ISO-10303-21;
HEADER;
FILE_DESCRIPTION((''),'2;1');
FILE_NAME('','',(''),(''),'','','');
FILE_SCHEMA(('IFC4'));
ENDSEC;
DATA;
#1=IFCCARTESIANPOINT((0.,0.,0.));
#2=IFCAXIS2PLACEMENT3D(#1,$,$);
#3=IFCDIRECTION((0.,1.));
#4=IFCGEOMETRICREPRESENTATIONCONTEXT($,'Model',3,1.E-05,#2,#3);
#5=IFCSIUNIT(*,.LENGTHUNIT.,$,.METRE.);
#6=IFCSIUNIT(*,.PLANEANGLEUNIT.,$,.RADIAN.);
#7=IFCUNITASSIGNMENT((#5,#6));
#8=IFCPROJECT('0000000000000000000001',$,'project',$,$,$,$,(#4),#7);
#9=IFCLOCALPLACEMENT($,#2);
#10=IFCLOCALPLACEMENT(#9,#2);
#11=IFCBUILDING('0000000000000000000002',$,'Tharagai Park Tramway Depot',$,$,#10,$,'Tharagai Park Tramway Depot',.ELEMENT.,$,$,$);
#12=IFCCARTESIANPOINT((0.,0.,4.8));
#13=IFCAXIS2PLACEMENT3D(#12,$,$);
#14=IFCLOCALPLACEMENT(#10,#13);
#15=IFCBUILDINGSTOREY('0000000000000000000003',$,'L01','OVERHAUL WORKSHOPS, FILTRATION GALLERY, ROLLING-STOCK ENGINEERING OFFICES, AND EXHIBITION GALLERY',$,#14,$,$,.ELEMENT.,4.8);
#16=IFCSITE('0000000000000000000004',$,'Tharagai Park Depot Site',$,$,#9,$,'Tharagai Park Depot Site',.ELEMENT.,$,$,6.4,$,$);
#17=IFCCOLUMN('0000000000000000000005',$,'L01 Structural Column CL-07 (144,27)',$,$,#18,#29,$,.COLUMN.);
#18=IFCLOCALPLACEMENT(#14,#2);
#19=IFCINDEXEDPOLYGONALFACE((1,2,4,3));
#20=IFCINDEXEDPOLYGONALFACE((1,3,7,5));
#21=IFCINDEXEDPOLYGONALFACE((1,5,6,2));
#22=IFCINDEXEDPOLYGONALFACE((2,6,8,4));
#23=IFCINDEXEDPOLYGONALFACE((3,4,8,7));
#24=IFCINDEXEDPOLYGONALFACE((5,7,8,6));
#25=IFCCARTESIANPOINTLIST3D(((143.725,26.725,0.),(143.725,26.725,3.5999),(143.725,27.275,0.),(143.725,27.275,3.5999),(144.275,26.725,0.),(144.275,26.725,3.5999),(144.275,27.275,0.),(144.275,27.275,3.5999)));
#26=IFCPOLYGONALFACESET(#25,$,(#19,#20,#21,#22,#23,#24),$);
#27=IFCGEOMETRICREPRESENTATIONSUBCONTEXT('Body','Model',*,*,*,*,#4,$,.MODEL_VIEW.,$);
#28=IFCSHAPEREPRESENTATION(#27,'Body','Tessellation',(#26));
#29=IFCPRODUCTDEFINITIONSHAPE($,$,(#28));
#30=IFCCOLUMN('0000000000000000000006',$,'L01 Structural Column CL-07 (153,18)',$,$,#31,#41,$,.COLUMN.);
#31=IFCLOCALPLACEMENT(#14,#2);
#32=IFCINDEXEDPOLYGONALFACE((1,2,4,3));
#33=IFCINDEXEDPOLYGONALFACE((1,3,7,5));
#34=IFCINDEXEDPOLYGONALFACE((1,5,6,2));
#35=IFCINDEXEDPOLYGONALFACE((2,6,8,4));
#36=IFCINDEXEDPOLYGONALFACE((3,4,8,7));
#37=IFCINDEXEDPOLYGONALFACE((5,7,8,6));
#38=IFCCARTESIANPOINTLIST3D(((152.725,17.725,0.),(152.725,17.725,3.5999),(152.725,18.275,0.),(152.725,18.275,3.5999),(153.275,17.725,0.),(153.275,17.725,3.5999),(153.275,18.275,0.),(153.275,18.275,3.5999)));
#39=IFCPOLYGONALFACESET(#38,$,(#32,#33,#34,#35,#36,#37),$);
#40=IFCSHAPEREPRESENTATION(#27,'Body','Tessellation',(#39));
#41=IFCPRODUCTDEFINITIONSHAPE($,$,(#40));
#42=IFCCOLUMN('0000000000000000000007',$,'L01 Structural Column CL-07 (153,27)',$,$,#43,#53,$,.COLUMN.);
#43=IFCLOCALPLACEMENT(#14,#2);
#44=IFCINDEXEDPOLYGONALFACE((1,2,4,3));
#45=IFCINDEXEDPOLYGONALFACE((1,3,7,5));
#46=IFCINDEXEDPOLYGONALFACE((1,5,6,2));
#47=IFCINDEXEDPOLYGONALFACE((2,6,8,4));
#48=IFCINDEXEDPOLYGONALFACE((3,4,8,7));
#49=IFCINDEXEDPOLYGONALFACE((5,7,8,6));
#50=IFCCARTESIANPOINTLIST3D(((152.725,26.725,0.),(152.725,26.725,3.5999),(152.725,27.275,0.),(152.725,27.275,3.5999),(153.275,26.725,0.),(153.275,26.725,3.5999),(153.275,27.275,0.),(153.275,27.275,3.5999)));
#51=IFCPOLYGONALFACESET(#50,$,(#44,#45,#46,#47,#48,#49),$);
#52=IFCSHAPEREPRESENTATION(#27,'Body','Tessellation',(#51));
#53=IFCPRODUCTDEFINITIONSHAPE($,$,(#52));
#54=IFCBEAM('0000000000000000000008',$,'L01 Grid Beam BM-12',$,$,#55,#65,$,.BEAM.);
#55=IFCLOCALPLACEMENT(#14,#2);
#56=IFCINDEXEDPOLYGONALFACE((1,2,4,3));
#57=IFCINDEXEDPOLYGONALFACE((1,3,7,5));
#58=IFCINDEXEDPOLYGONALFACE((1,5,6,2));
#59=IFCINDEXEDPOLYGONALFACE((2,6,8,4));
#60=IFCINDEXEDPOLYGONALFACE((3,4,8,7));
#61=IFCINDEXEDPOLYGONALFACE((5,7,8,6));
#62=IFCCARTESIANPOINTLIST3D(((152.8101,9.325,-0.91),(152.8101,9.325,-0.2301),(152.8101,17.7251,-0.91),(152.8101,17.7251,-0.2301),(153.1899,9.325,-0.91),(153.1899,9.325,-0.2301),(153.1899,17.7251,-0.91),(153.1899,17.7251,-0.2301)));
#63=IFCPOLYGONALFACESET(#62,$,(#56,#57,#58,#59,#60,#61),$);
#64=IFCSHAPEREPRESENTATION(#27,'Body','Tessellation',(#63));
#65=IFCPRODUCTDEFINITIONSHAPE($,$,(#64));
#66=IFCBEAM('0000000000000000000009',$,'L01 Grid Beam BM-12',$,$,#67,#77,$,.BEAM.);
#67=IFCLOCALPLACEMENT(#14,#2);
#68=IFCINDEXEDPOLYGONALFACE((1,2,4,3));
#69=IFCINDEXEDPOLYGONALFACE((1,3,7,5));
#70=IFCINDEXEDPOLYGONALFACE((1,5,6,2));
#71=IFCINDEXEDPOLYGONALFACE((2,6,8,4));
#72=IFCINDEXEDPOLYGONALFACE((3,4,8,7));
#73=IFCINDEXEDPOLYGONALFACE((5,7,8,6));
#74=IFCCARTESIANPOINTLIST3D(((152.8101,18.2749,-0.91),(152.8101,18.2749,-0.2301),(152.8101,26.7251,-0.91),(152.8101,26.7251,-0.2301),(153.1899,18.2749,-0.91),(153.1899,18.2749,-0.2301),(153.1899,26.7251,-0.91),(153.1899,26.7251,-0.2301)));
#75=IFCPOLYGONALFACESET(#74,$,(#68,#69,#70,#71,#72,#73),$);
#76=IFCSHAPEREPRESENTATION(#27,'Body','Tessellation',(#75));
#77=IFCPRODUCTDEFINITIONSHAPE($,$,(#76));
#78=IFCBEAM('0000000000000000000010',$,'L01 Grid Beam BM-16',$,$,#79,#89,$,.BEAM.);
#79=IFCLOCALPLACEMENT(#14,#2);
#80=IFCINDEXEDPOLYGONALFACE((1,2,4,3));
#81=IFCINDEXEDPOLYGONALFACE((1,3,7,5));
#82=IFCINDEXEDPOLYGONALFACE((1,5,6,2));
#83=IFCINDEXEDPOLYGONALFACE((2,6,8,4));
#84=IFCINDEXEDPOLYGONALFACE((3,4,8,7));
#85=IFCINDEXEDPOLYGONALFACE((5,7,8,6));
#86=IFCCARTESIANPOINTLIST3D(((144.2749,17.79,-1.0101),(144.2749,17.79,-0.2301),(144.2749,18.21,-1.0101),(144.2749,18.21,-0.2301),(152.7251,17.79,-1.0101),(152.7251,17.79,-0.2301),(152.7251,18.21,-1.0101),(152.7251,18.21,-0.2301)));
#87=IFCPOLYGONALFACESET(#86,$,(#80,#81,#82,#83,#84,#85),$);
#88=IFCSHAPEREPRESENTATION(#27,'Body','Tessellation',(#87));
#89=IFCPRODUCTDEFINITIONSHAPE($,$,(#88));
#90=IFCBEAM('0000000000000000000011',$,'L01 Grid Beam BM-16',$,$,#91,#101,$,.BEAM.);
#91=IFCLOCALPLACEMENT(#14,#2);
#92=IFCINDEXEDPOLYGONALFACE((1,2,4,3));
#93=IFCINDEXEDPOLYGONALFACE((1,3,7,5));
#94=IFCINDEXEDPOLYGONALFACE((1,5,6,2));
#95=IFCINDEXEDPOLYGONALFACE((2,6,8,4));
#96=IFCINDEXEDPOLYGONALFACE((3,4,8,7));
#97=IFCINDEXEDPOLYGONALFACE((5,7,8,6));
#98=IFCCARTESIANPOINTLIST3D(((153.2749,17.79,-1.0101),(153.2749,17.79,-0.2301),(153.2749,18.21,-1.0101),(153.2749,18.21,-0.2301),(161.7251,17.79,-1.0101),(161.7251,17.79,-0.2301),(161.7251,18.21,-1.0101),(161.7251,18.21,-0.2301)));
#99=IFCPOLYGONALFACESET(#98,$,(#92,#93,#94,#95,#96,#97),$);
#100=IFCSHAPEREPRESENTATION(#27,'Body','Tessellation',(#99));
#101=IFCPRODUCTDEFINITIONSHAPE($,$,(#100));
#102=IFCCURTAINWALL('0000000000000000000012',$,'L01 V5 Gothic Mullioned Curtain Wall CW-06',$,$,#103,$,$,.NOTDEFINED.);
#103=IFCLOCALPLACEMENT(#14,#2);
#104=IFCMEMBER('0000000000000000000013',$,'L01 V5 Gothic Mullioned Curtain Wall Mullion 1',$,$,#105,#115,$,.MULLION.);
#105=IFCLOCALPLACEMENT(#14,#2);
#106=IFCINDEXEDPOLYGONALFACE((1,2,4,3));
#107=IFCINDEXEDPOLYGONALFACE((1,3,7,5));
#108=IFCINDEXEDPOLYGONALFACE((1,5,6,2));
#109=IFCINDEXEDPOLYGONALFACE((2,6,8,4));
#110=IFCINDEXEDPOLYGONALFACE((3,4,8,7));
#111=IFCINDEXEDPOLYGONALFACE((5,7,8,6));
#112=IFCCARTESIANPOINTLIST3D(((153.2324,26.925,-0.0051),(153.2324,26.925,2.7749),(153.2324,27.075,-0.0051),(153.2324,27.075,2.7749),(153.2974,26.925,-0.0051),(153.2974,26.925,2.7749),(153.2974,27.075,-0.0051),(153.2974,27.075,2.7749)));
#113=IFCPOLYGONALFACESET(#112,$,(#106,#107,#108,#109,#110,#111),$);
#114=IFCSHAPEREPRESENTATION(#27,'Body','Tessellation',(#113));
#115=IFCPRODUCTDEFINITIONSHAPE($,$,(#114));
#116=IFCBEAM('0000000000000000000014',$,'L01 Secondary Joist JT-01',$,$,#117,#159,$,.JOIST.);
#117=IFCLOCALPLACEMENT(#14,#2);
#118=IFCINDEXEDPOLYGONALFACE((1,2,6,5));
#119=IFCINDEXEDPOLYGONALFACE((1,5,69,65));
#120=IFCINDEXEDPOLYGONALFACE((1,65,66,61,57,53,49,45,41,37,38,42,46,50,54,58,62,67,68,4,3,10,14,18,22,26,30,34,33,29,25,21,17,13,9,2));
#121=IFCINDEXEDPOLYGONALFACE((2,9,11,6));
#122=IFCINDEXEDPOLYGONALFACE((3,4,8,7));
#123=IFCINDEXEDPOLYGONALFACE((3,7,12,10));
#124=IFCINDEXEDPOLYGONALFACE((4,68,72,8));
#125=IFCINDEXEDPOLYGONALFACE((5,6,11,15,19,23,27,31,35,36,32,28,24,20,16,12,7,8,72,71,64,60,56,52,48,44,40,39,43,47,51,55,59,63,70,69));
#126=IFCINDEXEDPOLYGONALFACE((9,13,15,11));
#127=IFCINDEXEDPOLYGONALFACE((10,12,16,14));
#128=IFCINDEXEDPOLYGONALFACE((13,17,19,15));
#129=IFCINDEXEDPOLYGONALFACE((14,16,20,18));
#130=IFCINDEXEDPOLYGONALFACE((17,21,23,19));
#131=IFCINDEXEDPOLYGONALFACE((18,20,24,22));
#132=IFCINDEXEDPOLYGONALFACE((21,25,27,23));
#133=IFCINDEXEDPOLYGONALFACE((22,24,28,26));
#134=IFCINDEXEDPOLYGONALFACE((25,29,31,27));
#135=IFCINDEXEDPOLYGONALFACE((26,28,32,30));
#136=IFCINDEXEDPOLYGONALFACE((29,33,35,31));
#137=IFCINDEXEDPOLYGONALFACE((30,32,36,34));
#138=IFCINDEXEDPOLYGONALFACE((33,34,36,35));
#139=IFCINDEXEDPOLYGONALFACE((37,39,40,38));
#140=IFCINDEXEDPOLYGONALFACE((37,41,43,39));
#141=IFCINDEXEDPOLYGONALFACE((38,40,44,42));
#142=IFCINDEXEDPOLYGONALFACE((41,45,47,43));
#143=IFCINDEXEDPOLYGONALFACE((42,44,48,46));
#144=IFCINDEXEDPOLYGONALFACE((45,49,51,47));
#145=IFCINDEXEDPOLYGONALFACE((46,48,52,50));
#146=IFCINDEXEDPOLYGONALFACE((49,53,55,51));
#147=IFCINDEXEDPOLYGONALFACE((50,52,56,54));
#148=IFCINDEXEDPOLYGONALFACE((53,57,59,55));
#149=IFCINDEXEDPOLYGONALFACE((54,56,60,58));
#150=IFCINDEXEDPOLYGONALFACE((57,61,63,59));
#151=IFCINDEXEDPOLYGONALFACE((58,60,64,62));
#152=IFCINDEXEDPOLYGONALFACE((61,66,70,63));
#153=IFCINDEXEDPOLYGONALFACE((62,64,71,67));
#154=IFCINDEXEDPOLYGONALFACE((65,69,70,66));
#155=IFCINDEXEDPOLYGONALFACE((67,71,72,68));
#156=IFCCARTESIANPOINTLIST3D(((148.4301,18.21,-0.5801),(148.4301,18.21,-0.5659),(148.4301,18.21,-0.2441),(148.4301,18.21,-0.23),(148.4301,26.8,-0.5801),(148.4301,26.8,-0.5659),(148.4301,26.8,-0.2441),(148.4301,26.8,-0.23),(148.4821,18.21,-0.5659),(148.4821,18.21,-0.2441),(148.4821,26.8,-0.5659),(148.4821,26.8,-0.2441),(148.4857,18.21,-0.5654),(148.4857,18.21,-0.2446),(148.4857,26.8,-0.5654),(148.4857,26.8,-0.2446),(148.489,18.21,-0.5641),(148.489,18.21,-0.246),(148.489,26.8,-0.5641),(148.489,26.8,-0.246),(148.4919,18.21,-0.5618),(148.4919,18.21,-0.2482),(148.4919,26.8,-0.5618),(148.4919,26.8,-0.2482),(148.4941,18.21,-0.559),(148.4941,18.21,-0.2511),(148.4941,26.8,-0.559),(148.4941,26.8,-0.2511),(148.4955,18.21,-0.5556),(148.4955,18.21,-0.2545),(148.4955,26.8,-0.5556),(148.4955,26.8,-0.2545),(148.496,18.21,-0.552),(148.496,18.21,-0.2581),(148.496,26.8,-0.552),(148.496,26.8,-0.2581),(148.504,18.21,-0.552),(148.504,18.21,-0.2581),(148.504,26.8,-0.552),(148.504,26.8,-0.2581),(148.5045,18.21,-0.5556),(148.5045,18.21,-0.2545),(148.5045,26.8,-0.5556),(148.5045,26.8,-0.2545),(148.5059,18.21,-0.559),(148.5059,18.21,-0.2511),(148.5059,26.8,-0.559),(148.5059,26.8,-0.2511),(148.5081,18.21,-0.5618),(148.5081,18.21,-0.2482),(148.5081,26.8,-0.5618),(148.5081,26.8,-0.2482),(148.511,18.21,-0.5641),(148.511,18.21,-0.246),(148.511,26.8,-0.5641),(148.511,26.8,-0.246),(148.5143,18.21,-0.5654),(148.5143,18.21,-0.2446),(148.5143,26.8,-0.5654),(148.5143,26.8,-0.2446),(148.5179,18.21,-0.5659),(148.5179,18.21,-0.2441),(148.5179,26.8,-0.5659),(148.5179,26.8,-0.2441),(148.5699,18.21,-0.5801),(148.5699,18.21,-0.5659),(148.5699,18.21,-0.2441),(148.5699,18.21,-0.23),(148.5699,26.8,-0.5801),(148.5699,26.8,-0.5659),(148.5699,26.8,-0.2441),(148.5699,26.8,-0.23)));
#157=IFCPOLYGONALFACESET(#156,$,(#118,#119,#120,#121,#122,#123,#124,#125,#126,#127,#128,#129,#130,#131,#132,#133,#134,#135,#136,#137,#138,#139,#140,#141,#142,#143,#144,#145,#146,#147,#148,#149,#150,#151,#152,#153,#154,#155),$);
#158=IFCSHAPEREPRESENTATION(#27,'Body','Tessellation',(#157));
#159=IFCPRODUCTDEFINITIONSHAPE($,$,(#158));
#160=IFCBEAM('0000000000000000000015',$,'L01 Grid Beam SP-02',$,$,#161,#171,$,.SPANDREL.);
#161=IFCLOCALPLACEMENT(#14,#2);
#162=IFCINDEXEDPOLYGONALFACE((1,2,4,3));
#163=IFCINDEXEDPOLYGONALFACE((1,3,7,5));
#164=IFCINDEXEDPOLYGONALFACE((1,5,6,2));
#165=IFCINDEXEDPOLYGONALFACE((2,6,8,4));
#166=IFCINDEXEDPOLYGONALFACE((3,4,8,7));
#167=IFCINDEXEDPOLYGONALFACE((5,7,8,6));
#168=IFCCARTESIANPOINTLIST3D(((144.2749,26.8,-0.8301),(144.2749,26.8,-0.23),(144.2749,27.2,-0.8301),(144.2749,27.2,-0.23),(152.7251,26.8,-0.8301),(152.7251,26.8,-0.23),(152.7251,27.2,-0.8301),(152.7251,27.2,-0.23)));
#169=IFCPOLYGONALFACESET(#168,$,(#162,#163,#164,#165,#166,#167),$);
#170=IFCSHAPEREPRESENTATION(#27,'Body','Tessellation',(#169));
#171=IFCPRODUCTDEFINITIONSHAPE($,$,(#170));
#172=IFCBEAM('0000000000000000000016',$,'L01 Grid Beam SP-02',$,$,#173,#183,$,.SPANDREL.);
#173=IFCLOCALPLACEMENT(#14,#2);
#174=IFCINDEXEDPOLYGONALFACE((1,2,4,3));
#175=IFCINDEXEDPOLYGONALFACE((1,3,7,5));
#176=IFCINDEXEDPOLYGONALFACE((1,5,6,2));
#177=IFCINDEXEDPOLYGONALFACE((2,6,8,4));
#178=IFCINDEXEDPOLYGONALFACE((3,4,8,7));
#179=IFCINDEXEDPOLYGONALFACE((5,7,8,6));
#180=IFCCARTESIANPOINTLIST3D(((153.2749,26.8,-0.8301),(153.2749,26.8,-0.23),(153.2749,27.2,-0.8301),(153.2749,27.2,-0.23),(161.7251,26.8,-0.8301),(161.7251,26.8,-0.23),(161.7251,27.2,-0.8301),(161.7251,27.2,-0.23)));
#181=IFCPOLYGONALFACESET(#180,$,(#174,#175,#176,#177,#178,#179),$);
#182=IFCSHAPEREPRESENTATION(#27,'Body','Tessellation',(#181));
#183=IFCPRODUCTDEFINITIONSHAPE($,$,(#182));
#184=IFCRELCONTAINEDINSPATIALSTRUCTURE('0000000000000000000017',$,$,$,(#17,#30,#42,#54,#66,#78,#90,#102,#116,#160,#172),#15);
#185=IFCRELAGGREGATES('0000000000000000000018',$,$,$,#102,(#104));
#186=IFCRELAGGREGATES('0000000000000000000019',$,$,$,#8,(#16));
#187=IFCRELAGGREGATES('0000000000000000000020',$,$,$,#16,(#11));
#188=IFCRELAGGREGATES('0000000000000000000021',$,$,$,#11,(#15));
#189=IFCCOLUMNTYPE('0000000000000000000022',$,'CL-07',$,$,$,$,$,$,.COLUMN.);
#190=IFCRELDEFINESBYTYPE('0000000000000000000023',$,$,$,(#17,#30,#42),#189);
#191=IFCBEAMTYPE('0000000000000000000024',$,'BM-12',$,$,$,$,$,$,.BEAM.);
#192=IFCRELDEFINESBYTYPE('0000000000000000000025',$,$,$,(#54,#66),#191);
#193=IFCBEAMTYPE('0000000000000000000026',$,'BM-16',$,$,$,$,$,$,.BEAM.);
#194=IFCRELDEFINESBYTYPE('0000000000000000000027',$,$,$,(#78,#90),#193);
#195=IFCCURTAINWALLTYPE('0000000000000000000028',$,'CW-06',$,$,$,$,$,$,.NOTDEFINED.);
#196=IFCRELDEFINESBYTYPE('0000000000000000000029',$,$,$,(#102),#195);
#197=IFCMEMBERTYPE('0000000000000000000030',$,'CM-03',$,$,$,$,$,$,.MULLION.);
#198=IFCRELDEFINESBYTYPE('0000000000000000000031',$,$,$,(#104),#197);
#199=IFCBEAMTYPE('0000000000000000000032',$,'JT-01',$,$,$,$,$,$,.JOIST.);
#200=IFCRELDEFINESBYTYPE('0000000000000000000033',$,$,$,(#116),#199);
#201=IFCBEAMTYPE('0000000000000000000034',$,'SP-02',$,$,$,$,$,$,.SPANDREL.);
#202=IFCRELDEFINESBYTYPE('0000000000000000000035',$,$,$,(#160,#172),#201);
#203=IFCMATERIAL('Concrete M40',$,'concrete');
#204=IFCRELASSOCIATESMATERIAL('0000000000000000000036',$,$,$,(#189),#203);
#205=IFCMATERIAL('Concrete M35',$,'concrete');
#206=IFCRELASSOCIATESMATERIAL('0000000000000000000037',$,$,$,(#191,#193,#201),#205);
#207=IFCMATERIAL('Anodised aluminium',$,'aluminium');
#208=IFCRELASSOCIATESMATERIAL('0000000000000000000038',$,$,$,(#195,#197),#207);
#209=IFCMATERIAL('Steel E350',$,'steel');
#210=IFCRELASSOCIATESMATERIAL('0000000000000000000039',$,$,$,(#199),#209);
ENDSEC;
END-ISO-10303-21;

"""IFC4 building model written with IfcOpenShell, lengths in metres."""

from ifc_helpers import new_model, si_unit, direction, frame, origin, origin_2d, place, context, subcontext, project, spatial, rectangle, i_section, extrude, material, material_profile, profile_set, type_object, element, aggregate, save


model = new_model("IFC4")

# Units and contexts
model_context = context("Model", 3, precision=1e-05, world=origin(), true_north=direction((0.0, 1.0)))
body_context = subcontext(model_context, "Body", "Model", "MODEL_VIEW")
ifc_project = project(units=[si_unit("LENGTHUNIT", "METRE"), si_unit("PLANEANGLEUNIT", "RADIAN")], contexts=[model_context])

# Site, building, storey
site_placement = place(None, origin())
site = spatial("IfcSite", under=ifc_project, at=site_placement, Name="Tharagai Park Depot Site", LongName="Tharagai Park Depot Site", CompositionType="ELEMENT", RefElevation=6.4)
building_placement = place(site_placement, origin())
building = spatial("IfcBuilding", under=site, at=building_placement, Name="Tharagai Park Tramway Depot", LongName="Tharagai Park Tramway Depot", CompositionType="ELEMENT")
storey_placement = place(building_placement, frame((0.0, 0.0, 4.8)))
storey = spatial("IfcBuildingStorey", under=building, at=storey_placement, Name="L01", Description="OVERHAUL WORKSHOPS, FILTRATION GALLERY, ROLLING-STOCK ENGINEERING OFFICES, AND EXHIBITION GALLERY", CompositionType="ELEMENT", Elevation=4.8)

# Columns
ifc_material_1 = material(Name="Concrete M40", Category="concrete")
ifc_material_profile_1 = material_profile(ifc_material_1, rectangle(XDim=0.55, YDim=0.55, at=origin_2d()), Name="RC 550x550")
ifc_profile_set_1 = profile_set([ifc_material_profile_1], Name="Concrete M40")
column_type = type_object("IfcColumnType", Name="CL-07", PredefinedType="COLUMN", material=ifc_profile_set_1)
for number, where, z_axis, x_axis, name in (
    (1, (144.0, 27.0, 0.0), (0.0, 0.0, 1.0), (1.0, 0.0, 0.0), "L01 Structural Column CL-07 (144,27)"),
    (2, (153.0, 18.0, 0.0), (0.0, 0.0, 1.0), (1.0, 0.0, 0.0), "L01 Structural Column CL-07 (153,18)"),
    (3, (153.0, 27.0, 0.0), (0.0, 0.0, 1.0), (1.0, 0.0, 0.0), "L01 Structural Column CL-07 (153,27)"),
):
    element("IfcColumn", number, at=place(storey_placement, frame(where, z_axis=z_axis, x_axis=x_axis)), inside=storey, type_object=column_type, Name=name, PredefinedType="COLUMN", context=body_context, shape_type="SweptSolid", body=[
        extrude(rectangle(XDim=0.55, YDim=0.55, at=origin_2d()), origin(), (0.0, 0.0, 1.0), 3.5999),
    ])

# Beams
ifc_material_2 = material(Name="Concrete M35", Category="concrete")
ifc_material_profile_2 = material_profile(ifc_material_2, rectangle(XDim=0.3799, YDim=0.6799, at=origin_2d()), Name="RC 380x680")
ifc_profile_set_2 = profile_set([ifc_material_profile_2], Name="Concrete M35")
beam_type_1 = type_object("IfcBeamType", Name="BM-12", PredefinedType="BEAM", material=ifc_profile_set_2)
beam_1_placement = place(storey_placement, frame((153.0, 9.325, -0.5701), z_axis=(0.0, 1.0, 0.0), x_axis=(-1.0, 0.0, 0.0)))
element("IfcBeam", 4, at=beam_1_placement, inside=storey, type_object=beam_type_1, Name="L01 Grid Beam BM-12", PredefinedType="BEAM", context=body_context, shape_type="SweptSolid", body=[
    extrude(rectangle(XDim=0.3799, YDim=0.6799, at=origin_2d()), origin(), (0.0, 0.0, 1.0), 8.4001),
])
beam_2_placement = place(storey_placement, frame((153.0, 18.2749, -0.5701), z_axis=(0.0, 1.0, 0.0), x_axis=(-1.0, 0.0, 0.0)))
element("IfcBeam", 5, at=beam_2_placement, inside=storey, type_object=beam_type_1, Name="L01 Grid Beam BM-12", PredefinedType="BEAM", context=body_context, shape_type="SweptSolid", body=[
    extrude(rectangle(XDim=0.3799, YDim=0.6799, at=origin_2d()), origin(), (0.0, 0.0, 1.0), 8.4502),
])
ifc_material_profile_3 = material_profile(ifc_material_2, rectangle(XDim=0.4199, YDim=0.78, at=origin_2d()), Name="RC 420x780")
ifc_profile_set_3 = profile_set([ifc_material_profile_3], Name="Concrete M35")
beam_type_2 = type_object("IfcBeamType", Name="BM-16", PredefinedType="BEAM", material=ifc_profile_set_3)
for number, where, z_axis, x_axis, name in (
    (6, (144.2749, 18.0, -0.6201), (1.0, 0.0, 0.0), (0.0, 1.0, 0.0), "L01 Grid Beam BM-16"),
    (7, (153.2749, 18.0, -0.6201), (1.0, 0.0, 0.0), (0.0, 1.0, 0.0), "L01 Grid Beam BM-16"),
):
    element("IfcBeam", number, at=place(storey_placement, frame(where, z_axis=z_axis, x_axis=x_axis)), inside=storey, type_object=beam_type_2, Name=name, PredefinedType="BEAM", context=body_context, shape_type="SweptSolid", body=[
        extrude(rectangle(XDim=0.4199, YDim=0.78, at=origin_2d()), origin(), (0.0, 0.0, 1.0), 8.4502),
    ])

# Curtain wall, member
ifc_material_3 = material(Name="Anodised aluminium", Category="aluminium")
curtain_wall_type = type_object("IfcCurtainWallType", Name="CW-06", PredefinedType="NOTDEFINED", material=ifc_material_3)
curtain_wall_placement = place(storey_placement, origin())
curtain_wall = element("IfcCurtainWall", 8, at=curtain_wall_placement, inside=storey, type_object=curtain_wall_type, Name="L01 V5 Gothic Mullioned Curtain Wall CW-06", PredefinedType="NOTDEFINED")
ifc_material_profile_4 = material_profile(ifc_material_3, rectangle(XDim=0.0649, YDim=0.1499, at=origin_2d()), Name="ALU 65x150")
ifc_profile_set_4 = profile_set([ifc_material_profile_4], Name="Anodised aluminium")
member_type = type_object("IfcMemberType", Name="CM-03", PredefinedType="MULLION", material=ifc_profile_set_4)
member_placement = place(storey_placement, frame((153.2649, 27.0, -0.0051), z_axis=(0.0, 0.0, 1.0), x_axis=(1.0, 0.0, 0.0)))
member = element("IfcMember", 9, at=member_placement, type_object=member_type, Name="L01 V5 Gothic Mullioned Curtain Wall Mullion 1", PredefinedType="MULLION", context=body_context, shape_type="SweptSolid", body=[
    extrude(rectangle(XDim=0.0649, YDim=0.1499, at=origin_2d()), origin(), (0.0, 0.0, 1.0), 2.78),
])
aggregate(curtain_wall, [member])

# Beams
ifc_material_4 = material(Name="Steel E350", Category="steel")
ifc_material_profile_5 = material_profile(ifc_material_4, i_section(OverallWidth=0.1399, OverallDepth=0.3501, WebThickness=0.0081, FlangeThickness=0.0142, FilletRadius=0.0139, at=origin_2d()), Name="ISMB 350")
ifc_profile_set_5 = profile_set([ifc_material_profile_5], Name="Steel E350")
beam_type_3 = type_object("IfcBeamType", Name="JT-01", PredefinedType="JOIST", material=ifc_profile_set_5)
beam_3_placement = place(storey_placement, frame((148.5, 18.21, -0.405), z_axis=(0.0, 1.0, 0.0), x_axis=(-1.0, 0.0, 0.0)))
element("IfcBeam", 10, at=beam_3_placement, inside=storey, type_object=beam_type_3, Name="L01 Secondary Joist JT-01", PredefinedType="JOIST", context=body_context, shape_type="SweptSolid", body=[
    extrude(i_section(OverallWidth=0.1399, OverallDepth=0.3501, WebThickness=0.0081, FlangeThickness=0.0142, FilletRadius=0.0139, at=origin_2d()), origin(), (0.0, 0.0, 1.0), 8.5901),
])
ifc_material_profile_6 = material_profile(ifc_material_2, rectangle(XDim=0.3999, YDim=0.6001, at=origin_2d()), Name="RC 400x600")
ifc_profile_set_6 = profile_set([ifc_material_profile_6], Name="Concrete M35")
beam_type_4 = type_object("IfcBeamType", Name="SP-02", PredefinedType="SPANDREL", material=ifc_profile_set_6)
for number, where, z_axis, x_axis, name in (
    (11, (144.2749, 27.0, -0.53), (1.0, 0.0, 0.0), (0.0, 1.0, 0.0), "L01 Grid Beam SP-02"),
    (12, (153.2749, 27.0, -0.53), (1.0, 0.0, 0.0), (0.0, 1.0, 0.0), "L01 Grid Beam SP-02"),
):
    element("IfcBeam", number, at=place(storey_placement, frame(where, z_axis=z_axis, x_axis=x_axis)), inside=storey, type_object=beam_type_4, Name=name, PredefinedType="SPANDREL", context=body_context, shape_type="SweptSolid", body=[
        extrude(rectangle(XDim=0.3999, YDim=0.6001, at=origin_2d()), origin(), (0.0, 0.0, 1.0), 8.4502),
    ])

save(model, "model.ifc")
